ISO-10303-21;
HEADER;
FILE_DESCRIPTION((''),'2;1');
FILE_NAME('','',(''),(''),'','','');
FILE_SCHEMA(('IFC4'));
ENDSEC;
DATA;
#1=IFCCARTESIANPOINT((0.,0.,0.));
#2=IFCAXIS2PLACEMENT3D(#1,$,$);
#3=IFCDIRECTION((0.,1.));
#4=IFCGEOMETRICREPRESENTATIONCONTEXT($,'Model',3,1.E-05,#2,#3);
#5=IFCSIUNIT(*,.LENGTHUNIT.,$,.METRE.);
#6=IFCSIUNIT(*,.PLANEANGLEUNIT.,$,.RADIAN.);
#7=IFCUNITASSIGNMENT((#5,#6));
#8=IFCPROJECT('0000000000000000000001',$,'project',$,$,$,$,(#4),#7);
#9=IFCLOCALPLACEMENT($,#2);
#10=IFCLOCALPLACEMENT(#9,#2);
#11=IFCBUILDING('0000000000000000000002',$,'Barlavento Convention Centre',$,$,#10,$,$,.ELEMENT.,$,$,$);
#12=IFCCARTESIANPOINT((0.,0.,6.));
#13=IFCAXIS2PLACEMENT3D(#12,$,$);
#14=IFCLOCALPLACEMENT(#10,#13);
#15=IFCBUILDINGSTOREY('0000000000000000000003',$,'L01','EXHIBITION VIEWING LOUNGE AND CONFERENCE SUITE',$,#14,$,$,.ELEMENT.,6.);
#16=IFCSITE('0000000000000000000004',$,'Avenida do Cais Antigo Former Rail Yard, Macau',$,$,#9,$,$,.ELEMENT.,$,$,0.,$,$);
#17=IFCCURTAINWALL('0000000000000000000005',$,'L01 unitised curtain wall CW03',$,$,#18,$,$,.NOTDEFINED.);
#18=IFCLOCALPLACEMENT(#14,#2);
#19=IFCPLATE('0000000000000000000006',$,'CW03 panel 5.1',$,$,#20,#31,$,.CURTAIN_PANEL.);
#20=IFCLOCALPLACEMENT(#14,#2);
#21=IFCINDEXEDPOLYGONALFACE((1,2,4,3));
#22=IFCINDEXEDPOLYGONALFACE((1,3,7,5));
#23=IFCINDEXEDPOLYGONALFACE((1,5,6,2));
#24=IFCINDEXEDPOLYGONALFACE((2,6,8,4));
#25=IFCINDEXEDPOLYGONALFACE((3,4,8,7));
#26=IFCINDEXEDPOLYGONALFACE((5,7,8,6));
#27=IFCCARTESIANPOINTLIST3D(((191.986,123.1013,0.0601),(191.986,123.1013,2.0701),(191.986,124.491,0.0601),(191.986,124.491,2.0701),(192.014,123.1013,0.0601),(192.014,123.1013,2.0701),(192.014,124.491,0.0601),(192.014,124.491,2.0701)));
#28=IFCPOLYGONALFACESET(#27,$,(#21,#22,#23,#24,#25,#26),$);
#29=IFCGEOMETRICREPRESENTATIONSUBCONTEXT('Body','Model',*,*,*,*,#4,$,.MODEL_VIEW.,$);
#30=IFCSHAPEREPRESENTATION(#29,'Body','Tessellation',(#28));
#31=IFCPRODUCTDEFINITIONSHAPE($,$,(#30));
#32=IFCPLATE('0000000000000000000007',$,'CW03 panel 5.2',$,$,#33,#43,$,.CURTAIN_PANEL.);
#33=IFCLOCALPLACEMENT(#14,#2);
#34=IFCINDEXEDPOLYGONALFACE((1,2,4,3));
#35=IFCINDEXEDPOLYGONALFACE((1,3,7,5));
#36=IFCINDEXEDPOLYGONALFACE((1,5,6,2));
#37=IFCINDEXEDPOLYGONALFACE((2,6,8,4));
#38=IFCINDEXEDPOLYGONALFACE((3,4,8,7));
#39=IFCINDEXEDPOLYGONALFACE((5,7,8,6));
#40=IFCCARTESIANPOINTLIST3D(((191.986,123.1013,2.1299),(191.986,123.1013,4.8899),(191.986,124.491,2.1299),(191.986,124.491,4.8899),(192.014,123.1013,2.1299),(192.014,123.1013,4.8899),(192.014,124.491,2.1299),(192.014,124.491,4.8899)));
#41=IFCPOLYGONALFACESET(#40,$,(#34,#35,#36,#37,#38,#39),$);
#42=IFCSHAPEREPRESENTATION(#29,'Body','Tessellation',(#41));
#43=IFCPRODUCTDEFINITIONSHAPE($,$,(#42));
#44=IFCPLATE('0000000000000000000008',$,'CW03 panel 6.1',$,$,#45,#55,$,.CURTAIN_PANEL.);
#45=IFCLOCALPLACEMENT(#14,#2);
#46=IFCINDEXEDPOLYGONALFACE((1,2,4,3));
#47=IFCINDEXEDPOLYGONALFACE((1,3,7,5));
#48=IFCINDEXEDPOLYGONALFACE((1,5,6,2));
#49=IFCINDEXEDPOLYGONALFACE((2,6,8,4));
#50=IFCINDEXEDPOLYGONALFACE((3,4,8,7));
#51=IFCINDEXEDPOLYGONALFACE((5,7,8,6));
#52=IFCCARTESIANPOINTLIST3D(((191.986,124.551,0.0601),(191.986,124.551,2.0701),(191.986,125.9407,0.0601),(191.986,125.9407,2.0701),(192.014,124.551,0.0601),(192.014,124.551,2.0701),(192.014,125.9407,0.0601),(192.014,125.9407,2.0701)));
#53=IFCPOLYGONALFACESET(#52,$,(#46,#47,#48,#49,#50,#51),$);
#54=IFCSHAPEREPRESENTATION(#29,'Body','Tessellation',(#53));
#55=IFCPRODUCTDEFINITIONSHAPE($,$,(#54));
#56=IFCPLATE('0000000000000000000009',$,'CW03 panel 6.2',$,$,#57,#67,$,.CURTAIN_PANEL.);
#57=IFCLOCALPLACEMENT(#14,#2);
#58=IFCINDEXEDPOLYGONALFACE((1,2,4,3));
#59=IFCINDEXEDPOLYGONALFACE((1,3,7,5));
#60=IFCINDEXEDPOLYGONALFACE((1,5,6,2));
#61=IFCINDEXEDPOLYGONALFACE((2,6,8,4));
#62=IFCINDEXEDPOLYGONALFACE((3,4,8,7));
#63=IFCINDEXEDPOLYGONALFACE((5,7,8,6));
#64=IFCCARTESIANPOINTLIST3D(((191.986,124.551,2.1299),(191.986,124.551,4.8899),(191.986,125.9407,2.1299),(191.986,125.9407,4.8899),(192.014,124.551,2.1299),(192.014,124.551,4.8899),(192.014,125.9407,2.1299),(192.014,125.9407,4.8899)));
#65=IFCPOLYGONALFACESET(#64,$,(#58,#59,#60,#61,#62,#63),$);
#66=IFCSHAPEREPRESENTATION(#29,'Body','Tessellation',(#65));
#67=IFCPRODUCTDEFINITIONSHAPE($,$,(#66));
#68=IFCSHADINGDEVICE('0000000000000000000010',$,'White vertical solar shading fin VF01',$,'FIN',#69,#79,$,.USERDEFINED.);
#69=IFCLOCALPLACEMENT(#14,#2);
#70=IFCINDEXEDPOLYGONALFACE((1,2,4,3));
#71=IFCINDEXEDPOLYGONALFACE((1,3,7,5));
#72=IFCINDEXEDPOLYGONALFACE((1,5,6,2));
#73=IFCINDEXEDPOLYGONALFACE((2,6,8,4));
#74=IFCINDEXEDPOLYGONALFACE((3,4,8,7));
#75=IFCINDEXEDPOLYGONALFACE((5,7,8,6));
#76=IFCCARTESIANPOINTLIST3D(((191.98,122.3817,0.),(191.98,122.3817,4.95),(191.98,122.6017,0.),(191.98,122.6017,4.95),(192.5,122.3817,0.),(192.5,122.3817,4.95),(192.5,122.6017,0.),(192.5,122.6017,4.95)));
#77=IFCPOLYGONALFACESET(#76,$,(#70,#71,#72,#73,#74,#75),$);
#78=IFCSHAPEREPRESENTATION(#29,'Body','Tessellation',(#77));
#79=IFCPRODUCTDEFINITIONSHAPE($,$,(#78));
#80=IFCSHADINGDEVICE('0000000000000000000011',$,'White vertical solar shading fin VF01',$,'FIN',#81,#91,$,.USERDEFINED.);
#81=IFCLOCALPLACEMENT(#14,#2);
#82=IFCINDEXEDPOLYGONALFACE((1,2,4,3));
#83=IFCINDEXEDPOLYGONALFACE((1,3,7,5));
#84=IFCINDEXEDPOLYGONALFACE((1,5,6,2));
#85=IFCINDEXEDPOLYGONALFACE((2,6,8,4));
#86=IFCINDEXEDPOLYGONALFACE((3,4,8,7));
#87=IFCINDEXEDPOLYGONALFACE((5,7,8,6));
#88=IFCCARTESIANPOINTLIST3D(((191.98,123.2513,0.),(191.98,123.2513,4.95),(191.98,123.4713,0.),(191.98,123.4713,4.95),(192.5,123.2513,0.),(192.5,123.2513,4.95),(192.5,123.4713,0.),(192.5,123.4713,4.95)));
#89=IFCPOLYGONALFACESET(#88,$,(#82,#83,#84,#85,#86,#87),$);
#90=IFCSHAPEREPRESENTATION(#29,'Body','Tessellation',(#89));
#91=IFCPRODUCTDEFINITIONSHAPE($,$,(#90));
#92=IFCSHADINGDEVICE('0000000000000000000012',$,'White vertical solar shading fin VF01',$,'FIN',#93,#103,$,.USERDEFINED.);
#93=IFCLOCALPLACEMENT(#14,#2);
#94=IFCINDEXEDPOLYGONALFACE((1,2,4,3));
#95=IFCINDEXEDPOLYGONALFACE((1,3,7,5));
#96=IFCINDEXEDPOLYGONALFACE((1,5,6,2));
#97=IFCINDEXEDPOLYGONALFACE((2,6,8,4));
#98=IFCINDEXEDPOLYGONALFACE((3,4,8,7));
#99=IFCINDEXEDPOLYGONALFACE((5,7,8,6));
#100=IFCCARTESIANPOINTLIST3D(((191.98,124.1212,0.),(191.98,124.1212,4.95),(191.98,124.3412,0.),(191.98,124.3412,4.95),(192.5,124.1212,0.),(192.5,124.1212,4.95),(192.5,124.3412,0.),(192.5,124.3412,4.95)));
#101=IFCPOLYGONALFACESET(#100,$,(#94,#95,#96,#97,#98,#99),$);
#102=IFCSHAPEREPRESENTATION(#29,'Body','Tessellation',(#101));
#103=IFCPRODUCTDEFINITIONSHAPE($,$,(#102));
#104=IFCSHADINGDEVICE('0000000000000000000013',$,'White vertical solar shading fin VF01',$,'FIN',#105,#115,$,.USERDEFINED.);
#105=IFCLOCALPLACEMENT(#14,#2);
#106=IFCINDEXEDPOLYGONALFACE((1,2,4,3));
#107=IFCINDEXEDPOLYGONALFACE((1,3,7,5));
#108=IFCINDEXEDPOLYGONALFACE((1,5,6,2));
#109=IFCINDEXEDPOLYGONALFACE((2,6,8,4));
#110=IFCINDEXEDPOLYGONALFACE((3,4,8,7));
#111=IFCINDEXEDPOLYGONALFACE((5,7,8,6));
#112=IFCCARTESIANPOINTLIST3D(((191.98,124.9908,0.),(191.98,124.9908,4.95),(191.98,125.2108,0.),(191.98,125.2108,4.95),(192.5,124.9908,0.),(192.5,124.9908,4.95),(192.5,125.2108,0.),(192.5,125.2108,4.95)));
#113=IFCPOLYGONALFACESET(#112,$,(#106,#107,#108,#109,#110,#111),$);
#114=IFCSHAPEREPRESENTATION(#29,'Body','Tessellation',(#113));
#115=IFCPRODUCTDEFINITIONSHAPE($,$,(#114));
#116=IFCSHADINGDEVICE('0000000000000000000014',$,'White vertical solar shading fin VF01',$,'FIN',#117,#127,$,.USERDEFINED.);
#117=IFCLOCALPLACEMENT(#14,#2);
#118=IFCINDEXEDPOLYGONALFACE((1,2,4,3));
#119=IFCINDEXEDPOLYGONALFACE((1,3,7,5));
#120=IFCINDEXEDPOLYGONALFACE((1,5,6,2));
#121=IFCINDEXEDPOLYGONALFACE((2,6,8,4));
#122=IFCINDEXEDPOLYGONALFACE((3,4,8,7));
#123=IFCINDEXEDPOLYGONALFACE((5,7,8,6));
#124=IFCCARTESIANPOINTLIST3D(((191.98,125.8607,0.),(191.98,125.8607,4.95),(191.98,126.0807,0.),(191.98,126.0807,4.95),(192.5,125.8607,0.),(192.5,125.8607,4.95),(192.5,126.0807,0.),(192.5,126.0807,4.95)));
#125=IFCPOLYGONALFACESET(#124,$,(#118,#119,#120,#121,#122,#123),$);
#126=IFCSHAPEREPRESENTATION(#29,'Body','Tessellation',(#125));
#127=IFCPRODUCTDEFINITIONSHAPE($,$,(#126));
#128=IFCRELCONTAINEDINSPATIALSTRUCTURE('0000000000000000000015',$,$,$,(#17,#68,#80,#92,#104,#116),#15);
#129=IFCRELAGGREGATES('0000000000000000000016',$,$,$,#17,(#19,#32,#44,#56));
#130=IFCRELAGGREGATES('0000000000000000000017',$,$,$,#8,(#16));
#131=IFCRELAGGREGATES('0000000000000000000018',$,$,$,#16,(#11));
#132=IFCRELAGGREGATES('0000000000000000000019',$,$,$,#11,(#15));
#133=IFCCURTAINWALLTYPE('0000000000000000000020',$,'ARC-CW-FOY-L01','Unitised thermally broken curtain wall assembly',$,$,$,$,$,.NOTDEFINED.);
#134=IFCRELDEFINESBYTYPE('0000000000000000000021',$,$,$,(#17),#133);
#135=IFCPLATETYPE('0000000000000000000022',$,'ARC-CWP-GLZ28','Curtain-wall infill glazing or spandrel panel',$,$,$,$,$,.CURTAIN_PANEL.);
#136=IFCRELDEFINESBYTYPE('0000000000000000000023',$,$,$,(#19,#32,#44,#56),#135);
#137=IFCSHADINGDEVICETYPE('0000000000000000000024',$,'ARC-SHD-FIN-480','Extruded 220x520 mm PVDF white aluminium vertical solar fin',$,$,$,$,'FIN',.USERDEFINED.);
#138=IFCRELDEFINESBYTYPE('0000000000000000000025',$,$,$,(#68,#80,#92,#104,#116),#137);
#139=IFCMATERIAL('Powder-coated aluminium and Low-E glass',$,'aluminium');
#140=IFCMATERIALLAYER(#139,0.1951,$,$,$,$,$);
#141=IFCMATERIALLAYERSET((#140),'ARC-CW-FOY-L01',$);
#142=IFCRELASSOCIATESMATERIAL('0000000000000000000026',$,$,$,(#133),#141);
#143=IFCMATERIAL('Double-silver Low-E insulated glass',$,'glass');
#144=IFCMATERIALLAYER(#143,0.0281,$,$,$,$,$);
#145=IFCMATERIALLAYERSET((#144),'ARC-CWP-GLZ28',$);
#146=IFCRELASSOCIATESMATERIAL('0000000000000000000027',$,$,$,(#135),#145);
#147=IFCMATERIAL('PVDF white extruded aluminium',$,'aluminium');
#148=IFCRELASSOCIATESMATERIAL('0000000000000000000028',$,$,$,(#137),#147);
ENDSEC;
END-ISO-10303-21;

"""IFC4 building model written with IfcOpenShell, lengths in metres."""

from ifc_helpers import new_model, si_unit, direction, frame, origin, origin_2d, place, context, subcontext, project, spatial, rectangle, extrude, material, layer, layer_set, type_object, element, aggregate, save


model = new_model("IFC4")

# Units and contexts
model_context = context("Model", 3, precision=1e-05, world=origin(), true_north=direction((0.0, 1.0)))
body_context = subcontext(model_context, "Body", "Model", "MODEL_VIEW")
ifc_project = project(units=[si_unit("LENGTHUNIT", "METRE"), si_unit("PLANEANGLEUNIT", "RADIAN")], contexts=[model_context])

# Site, building, storey
site_placement = place(None, origin())
site = spatial("IfcSite", under=ifc_project, at=site_placement, Name="Avenida do Cais Antigo Former Rail Yard, Macau", CompositionType="ELEMENT", RefElevation=0.0)
building_placement = place(site_placement, origin())
building = spatial("IfcBuilding", under=site, at=building_placement, Name="Barlavento Convention Centre", CompositionType="ELEMENT")
storey_placement = place(building_placement, frame((0.0, 0.0, 6.0)))
storey = spatial("IfcBuildingStorey", under=building, at=storey_placement, Name="L01", Description="EXHIBITION VIEWING LOUNGE AND CONFERENCE SUITE", CompositionType="ELEMENT", Elevation=6.0)

# Curtain wall, plates
ifc_material_1 = material(Name="Powder-coated aluminium and Low-E glass", Category="aluminium")
ifc_layer_1 = layer(ifc_material_1, 0.1951)
ifc_layer_set_1 = layer_set([ifc_layer_1], Name="ARC-CW-FOY-L01")
curtain_wall_type = type_object("IfcCurtainWallType", Name="ARC-CW-FOY-L01", Description="Unitised thermally broken curtain wall assembly", PredefinedType="NOTDEFINED", material=ifc_layer_set_1)
curtain_wall_placement = place(storey_placement, origin())
curtain_wall = element("IfcCurtainWall", 1, at=curtain_wall_placement, inside=storey, type_object=curtain_wall_type, Name="L01 unitised curtain wall CW03", PredefinedType="NOTDEFINED")
ifc_material_2 = material(Name="Double-silver Low-E insulated glass", Category="glass")
ifc_layer_2 = layer(ifc_material_2, 0.0281)
ifc_layer_set_2 = layer_set([ifc_layer_2], Name="ARC-CWP-GLZ28")
plate_type = type_object("IfcPlateType", Name="ARC-CWP-GLZ28", Description="Curtain-wall infill glazing or spandrel panel", PredefinedType="CURTAIN_PANEL", material=ifc_layer_set_2)
plate_1_placement = place(storey_placement, frame((192.0, 123.7961, 0.0601), z_axis=(0.0, 0.0, 1.0), x_axis=(0.0, 1.0, 0.0)))
plate_1 = element("IfcPlate", 2, at=plate_1_placement, type_object=plate_type, Name="CW03 panel 5.1", PredefinedType="CURTAIN_PANEL", context=body_context, shape_type="SweptSolid", body=[
    extrude(rectangle(XDim=1.3896, YDim=0.0281, at=origin_2d()), origin(), (0.0, 0.0, 1.0), 2.01),
])
plate_2_placement = place(storey_placement, frame((192.0, 123.7961, 2.1299), z_axis=(0.0, 0.0, 1.0), x_axis=(0.0, 1.0, 0.0)))
plate_2 = element("IfcPlate", 3, at=plate_2_placement, type_object=plate_type, Name="CW03 panel 5.2", PredefinedType="CURTAIN_PANEL", context=body_context, shape_type="SweptSolid", body=[
    extrude(rectangle(XDim=1.3896, YDim=0.0281, at=origin_2d()), origin(), (0.0, 0.0, 1.0), 2.76),
])
plate_3_placement = place(storey_placement, frame((192.0, 125.2458, 0.0601), z_axis=(0.0, 0.0, 1.0), x_axis=(0.0, 1.0, 0.0)))
plate_3 = element("IfcPlate", 4, at=plate_3_placement, type_object=plate_type, Name="CW03 panel 6.1", PredefinedType="CURTAIN_PANEL", context=body_context, shape_type="SweptSolid", body=[
    extrude(rectangle(XDim=1.3896, YDim=0.0281, at=origin_2d()), origin(), (0.0, 0.0, 1.0), 2.01),
])
plate_4_placement = place(storey_placement, frame((192.0, 125.2458, 2.1299), z_axis=(0.0, 0.0, 1.0), x_axis=(0.0, 1.0, 0.0)))
plate_4 = element("IfcPlate", 5, at=plate_4_placement, type_object=plate_type, Name="CW03 panel 6.2", PredefinedType="CURTAIN_PANEL", context=body_context, shape_type="SweptSolid", body=[
    extrude(rectangle(XDim=1.3896, YDim=0.0281, at=origin_2d()), origin(), (0.0, 0.0, 1.0), 2.76),
])
aggregate(curtain_wall, [plate_1, plate_2, plate_3, plate_4])

# Shading devices
ifc_material_3 = material(Name="PVDF white extruded aluminium", Category="aluminium")
shading_device_type = type_object("IfcShadingDeviceType", Name="ARC-SHD-FIN-480", Description="Extruded 220x520 mm PVDF white aluminium vertical solar fin", ElementType="FIN", PredefinedType="USERDEFINED", material=ifc_material_3)
for number, where, z_axis, x_axis, name in (
    (6, (192.24, 122.4917, 0.0), (0.0, 0.0, 1.0), (0.0, 1.0, 0.0), "White vertical solar shading fin VF01"),
    (7, (192.24, 123.3613, 0.0), (0.0, 0.0, 1.0), (0.0, 1.0, 0.0), "White vertical solar shading fin VF01"),
    (8, (192.24, 124.2312, 0.0), (0.0, 0.0, 1.0), (0.0, 1.0, 0.0), "White vertical solar shading fin VF01"),
    (9, (192.24, 125.1008, 0.0), (0.0, 0.0, 1.0), (0.0, 1.0, 0.0), "White vertical solar shading fin VF01"),
    (10, (192.24, 125.9707, 0.0), (0.0, 0.0, 1.0), (0.0, 1.0, 0.0), "White vertical solar shading fin VF01"),
):
    element("IfcShadingDevice", number, at=place(storey_placement, frame(where, z_axis=z_axis, x_axis=x_axis)), inside=storey, type_object=shading_device_type, Name=name, ObjectType="FIN", PredefinedType="USERDEFINED", context=body_context, shape_type="SweptSolid", body=[
        extrude(rectangle(XDim=0.22, YDim=0.52, at=origin_2d()), origin(), (0.0, 0.0, 1.0), 4.95),
    ])

save(model, "model.ifc")
